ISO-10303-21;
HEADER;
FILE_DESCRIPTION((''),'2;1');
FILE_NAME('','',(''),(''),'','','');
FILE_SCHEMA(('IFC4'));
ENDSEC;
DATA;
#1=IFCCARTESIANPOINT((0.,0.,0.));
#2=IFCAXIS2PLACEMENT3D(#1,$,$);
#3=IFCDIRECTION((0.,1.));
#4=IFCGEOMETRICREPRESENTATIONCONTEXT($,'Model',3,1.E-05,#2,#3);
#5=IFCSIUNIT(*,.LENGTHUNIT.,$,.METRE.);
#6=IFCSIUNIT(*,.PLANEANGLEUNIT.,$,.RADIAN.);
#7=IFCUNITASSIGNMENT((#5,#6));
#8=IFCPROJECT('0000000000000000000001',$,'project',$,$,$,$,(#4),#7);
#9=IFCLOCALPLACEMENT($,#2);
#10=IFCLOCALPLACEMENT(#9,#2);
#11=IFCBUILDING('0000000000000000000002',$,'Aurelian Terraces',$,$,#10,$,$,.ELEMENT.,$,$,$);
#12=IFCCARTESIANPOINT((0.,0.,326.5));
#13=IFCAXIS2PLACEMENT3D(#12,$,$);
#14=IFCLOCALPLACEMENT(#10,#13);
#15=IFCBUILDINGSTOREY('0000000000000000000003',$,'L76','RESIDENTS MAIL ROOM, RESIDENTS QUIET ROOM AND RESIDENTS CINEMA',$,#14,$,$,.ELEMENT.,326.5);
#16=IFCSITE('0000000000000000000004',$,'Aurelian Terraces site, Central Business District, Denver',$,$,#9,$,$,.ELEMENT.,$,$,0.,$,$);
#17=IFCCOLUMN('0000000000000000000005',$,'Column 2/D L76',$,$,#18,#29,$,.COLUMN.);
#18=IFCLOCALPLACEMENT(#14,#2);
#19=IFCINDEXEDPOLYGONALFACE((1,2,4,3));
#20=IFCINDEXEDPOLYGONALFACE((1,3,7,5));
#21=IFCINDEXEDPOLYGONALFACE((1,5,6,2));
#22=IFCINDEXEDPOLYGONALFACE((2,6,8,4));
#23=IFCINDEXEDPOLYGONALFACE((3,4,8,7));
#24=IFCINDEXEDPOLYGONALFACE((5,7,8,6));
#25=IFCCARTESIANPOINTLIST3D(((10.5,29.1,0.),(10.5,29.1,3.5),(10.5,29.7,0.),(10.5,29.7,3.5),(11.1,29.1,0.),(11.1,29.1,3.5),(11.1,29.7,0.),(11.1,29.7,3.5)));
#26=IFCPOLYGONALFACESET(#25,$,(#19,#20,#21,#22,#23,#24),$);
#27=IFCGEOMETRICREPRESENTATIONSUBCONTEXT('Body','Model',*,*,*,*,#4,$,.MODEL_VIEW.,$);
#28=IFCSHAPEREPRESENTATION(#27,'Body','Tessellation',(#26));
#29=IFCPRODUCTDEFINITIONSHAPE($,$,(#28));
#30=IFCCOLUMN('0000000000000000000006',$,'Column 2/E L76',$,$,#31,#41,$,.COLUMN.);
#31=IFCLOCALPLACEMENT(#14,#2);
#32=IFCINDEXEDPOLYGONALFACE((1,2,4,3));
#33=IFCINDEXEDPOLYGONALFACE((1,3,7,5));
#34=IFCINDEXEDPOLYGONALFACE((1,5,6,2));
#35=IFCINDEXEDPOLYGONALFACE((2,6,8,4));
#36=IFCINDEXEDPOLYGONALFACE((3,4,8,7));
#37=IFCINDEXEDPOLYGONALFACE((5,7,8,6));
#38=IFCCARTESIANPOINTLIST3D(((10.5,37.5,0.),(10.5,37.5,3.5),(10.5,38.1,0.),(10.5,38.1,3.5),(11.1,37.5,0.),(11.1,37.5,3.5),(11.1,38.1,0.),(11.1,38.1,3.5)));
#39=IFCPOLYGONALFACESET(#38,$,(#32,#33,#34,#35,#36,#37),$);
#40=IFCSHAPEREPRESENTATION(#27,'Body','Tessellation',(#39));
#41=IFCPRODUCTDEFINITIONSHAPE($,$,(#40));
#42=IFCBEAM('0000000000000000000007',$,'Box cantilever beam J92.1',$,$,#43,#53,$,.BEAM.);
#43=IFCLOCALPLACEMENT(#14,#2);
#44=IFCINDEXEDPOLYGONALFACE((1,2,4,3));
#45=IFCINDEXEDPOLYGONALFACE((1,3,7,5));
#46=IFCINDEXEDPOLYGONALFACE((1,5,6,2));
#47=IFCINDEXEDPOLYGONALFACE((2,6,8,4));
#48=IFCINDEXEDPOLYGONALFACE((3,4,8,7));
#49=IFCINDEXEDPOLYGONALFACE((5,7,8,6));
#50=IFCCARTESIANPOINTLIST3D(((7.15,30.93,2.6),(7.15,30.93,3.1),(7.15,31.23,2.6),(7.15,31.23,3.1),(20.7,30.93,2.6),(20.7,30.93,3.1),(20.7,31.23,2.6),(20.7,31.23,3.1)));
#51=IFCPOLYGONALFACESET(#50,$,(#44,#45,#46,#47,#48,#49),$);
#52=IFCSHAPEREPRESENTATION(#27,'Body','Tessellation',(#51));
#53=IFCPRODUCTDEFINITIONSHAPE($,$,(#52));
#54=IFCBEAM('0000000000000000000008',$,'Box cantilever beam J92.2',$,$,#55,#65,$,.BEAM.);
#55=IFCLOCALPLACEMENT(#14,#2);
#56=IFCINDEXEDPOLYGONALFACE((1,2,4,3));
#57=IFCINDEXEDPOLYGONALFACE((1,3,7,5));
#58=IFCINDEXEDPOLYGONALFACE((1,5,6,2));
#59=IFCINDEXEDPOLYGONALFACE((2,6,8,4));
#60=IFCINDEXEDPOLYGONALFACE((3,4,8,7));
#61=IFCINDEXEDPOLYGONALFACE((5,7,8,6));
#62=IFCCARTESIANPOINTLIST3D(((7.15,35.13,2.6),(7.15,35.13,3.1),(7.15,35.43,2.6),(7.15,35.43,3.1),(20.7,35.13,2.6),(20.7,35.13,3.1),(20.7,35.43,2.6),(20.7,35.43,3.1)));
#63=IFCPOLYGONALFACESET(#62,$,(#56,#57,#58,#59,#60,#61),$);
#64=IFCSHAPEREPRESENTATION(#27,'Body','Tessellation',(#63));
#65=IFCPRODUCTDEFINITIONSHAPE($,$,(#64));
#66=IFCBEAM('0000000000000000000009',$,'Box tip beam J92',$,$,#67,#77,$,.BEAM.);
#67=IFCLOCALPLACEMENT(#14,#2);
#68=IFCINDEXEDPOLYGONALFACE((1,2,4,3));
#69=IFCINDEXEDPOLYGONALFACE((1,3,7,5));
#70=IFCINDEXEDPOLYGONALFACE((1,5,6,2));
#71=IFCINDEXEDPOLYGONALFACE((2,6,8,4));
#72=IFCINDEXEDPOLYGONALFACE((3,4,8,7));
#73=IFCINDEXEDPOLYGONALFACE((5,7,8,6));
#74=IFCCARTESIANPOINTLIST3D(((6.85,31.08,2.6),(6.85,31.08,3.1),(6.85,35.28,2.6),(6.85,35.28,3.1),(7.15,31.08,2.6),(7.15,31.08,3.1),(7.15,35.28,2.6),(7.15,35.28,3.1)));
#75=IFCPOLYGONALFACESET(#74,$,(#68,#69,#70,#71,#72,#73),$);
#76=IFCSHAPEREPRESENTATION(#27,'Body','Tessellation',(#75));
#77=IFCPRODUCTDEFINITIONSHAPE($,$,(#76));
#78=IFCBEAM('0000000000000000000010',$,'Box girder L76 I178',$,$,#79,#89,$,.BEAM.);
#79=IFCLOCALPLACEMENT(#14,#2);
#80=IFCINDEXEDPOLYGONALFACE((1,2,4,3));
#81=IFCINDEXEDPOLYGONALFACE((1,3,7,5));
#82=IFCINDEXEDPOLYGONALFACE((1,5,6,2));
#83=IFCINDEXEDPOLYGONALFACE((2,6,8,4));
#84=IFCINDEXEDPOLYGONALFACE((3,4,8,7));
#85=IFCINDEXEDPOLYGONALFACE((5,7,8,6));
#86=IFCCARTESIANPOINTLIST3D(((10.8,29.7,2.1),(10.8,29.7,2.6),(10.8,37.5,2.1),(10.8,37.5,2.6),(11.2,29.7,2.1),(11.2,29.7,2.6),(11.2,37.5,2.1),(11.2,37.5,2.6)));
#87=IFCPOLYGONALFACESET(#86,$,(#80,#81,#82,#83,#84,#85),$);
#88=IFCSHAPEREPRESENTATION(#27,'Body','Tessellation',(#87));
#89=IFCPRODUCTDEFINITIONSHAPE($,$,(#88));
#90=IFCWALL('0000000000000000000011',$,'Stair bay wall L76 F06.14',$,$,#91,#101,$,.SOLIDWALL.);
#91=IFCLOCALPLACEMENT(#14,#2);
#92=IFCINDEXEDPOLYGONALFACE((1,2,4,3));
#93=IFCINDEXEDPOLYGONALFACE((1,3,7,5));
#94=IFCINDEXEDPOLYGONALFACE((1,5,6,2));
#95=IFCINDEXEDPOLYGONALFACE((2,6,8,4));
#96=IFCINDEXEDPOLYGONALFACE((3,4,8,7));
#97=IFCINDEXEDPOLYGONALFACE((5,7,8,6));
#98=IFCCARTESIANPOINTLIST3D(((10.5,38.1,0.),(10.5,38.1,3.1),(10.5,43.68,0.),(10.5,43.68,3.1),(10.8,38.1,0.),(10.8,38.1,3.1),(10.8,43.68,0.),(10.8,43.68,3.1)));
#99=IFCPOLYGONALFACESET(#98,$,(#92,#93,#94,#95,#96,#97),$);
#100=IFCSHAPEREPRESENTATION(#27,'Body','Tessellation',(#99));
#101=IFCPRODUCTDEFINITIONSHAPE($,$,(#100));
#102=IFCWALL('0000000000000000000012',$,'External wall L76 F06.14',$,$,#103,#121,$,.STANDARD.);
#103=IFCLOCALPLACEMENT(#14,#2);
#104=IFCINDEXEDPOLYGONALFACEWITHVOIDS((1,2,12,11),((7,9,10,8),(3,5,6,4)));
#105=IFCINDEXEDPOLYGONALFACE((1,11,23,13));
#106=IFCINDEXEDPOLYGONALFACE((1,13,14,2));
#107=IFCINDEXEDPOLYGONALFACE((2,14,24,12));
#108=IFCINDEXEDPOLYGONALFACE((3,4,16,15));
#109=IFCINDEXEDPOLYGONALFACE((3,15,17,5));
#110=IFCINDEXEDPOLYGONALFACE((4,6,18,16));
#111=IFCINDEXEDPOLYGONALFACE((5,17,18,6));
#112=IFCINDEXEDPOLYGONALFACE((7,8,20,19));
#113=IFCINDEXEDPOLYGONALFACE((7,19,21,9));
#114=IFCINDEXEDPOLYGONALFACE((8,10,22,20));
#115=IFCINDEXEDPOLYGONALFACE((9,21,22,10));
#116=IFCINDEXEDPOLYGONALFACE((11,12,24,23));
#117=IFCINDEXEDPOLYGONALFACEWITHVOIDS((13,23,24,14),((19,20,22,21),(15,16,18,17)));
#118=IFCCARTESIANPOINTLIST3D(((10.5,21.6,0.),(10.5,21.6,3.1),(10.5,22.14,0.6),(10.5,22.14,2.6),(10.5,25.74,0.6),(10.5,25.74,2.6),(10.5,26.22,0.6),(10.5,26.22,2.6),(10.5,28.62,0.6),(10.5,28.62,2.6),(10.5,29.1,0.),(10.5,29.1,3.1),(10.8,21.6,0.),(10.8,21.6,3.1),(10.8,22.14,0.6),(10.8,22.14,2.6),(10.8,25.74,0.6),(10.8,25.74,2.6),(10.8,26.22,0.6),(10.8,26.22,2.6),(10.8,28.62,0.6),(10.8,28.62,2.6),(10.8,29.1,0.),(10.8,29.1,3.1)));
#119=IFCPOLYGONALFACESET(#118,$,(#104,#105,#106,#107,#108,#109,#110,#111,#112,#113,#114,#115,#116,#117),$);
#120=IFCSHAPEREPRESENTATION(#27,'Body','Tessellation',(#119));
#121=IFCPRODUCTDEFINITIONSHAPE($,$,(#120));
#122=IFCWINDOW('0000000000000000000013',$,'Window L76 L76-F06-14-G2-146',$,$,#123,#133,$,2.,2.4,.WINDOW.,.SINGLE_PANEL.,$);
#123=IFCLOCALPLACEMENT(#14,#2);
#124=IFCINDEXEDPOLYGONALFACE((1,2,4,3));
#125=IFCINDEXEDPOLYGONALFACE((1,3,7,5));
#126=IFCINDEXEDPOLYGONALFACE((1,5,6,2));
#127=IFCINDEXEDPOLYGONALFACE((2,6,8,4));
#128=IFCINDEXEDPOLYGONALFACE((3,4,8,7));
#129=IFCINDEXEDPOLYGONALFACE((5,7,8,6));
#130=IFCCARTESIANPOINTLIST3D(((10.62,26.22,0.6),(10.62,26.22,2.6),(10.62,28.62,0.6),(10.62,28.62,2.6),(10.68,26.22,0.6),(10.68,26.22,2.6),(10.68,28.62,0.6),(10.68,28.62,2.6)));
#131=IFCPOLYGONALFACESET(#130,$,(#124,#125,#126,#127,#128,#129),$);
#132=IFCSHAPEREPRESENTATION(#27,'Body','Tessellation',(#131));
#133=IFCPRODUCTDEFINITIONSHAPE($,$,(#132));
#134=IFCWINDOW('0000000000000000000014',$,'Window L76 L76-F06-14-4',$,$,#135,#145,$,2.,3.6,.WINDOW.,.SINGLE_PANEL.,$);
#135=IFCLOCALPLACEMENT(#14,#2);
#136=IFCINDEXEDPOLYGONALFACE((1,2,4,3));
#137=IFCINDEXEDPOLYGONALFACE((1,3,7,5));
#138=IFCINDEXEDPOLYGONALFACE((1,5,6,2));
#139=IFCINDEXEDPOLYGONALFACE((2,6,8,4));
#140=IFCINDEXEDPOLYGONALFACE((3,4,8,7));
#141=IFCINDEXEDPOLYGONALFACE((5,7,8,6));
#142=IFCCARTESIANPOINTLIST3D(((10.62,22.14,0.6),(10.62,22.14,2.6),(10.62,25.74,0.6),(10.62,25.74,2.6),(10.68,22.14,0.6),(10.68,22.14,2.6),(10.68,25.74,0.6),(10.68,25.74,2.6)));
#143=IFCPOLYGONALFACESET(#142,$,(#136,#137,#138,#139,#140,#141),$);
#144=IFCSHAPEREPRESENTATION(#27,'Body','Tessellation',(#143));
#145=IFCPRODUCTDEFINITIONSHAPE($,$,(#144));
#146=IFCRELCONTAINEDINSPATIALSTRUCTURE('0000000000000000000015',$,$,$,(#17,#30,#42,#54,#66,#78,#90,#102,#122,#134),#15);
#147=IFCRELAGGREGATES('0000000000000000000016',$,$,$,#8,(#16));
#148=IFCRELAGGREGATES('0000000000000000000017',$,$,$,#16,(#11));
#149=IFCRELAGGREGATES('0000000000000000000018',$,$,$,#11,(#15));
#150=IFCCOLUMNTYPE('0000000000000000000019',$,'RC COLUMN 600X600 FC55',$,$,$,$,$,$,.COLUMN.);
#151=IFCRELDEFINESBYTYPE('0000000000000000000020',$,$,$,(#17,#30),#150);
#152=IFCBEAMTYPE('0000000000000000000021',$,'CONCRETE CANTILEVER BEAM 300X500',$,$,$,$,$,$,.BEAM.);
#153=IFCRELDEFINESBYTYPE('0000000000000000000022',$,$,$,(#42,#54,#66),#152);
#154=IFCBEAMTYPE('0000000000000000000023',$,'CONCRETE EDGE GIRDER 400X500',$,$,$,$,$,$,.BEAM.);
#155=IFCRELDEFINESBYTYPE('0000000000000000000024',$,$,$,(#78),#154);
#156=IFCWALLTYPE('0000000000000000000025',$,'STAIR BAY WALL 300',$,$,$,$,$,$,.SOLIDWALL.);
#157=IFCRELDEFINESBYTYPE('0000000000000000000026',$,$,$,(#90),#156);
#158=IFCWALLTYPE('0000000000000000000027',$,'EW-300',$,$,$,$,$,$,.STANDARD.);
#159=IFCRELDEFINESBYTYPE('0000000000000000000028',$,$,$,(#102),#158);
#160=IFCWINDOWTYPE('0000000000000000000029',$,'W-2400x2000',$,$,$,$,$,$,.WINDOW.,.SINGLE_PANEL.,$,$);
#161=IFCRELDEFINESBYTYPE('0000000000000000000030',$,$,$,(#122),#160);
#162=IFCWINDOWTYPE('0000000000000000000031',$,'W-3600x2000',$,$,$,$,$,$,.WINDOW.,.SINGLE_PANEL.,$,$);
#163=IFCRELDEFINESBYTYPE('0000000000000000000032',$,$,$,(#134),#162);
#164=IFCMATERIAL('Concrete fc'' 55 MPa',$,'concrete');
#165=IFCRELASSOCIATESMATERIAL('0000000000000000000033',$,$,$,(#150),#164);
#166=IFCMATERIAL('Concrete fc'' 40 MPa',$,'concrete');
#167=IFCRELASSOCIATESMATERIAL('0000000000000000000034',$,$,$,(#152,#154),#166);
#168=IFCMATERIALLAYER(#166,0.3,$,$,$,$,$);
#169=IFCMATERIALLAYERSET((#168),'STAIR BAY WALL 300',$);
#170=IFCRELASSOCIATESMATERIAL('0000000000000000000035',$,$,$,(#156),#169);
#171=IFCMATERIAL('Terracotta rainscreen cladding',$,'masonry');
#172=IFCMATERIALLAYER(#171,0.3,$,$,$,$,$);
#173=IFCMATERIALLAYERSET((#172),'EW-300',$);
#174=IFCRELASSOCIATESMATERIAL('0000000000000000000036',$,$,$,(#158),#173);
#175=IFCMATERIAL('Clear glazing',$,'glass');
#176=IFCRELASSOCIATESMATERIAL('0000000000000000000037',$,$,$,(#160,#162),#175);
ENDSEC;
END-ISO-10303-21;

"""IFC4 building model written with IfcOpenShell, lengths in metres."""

from ifc_helpers import new_model, si_unit, direction, frame, frame_2d, origin, origin_2d, place, context, subcontext, project, spatial, rectangle, extrude, source, transform, mapped, material, layer, layer_set, material_profile, profile_set, type_object, element, fill, save


model = new_model("IFC4")

# Units and contexts
model_context = context("Model", 3, precision=1e-05, world=origin(), true_north=direction((0.0, 1.0)))
body_context = subcontext(model_context, "Body", "Model", "MODEL_VIEW")
ifc_project = project(units=[si_unit("LENGTHUNIT", "METRE"), si_unit("PLANEANGLEUNIT", "RADIAN")], contexts=[model_context])

# Site, building, storey
site_placement = place(None, origin())
site = spatial("IfcSite", under=ifc_project, at=site_placement, Name="Aurelian Terraces site, Central Business District, Denver", CompositionType="ELEMENT", RefElevation=0.0)
building_placement = place(site_placement, origin())
building = spatial("IfcBuilding", under=site, at=building_placement, Name="Aurelian Terraces", CompositionType="ELEMENT")
storey_placement = place(building_placement, frame((0.0, 0.0, 326.5)))
storey = spatial("IfcBuildingStorey", under=building, at=storey_placement, Name="L76", Description="RESIDENTS MAIL ROOM, RESIDENTS QUIET ROOM AND RESIDENTS CINEMA", CompositionType="ELEMENT", Elevation=326.5)

# Columns
ifc_material_1 = material(Name="Concrete fc' 55 MPa", Category="concrete")
ifc_material_profile_1 = material_profile(ifc_material_1, rectangle(XDim=0.6, YDim=0.6, at=origin_2d()))
ifc_profile_set_1 = profile_set([ifc_material_profile_1], Name="Concrete fc' 55 MPa")
column_type = type_object("IfcColumnType", Name="RC COLUMN 600X600 FC55", PredefinedType="COLUMN", material=ifc_profile_set_1)
shared_shape_1 = source(origin(), body_context, "Body", "SweptSolid", [
    extrude(rectangle(XDim=0.6, YDim=0.6, at=origin_2d()), origin(), (0.0, 0.0, 1.0), 3.5),
])
for number, where, z_axis, x_axis, name in (
    (1, (10.8, 29.4, 0.0), (0.0, 0.0, 1.0), (1.0, 0.0, 0.0), "Column 2/D L76"),
    (2, (10.8, 37.8, 0.0), (0.0, 0.0, 1.0), (1.0, 0.0, 0.0), "Column 2/E L76"),
):
    element("IfcColumn", number, at=place(storey_placement, frame(where, z_axis=z_axis, x_axis=x_axis)), inside=storey, type_object=column_type, Name=name, PredefinedType="COLUMN", context=body_context, shape_type="MappedRepresentation", body=[
        mapped(shared_shape_1, transform((0.0, 0.0, 0.0), scale=1.0)),
    ])

# Beams
ifc_material_2 = material(Name="Concrete fc' 40 MPa", Category="concrete")
ifc_material_profile_2 = material_profile(ifc_material_2, rectangle(XDim=0.3, YDim=0.5, at=origin_2d()))
ifc_profile_set_2 = profile_set([ifc_material_profile_2], Name="Concrete fc' 40 MPa")
beam_type_1 = type_object("IfcBeamType", Name="CONCRETE CANTILEVER BEAM 300X500", PredefinedType="BEAM", material=ifc_profile_set_2)
shared_shape_2 = source(origin(), body_context, "Body", "SweptSolid", [
    extrude(rectangle(XDim=0.3, YDim=0.5, at=origin_2d()), origin(), (0.0, 0.0, 1.0), 13.55),
])
for number, where, z_axis, x_axis, name in (
    (3, (7.15, 31.08, 2.85), (1.0, 0.0, 0.0), (0.0, 1.0, 0.0), "Box cantilever beam J92.1"),
    (4, (7.15, 35.28, 2.85), (1.0, 0.0, 0.0), (0.0, 1.0, 0.0), "Box cantilever beam J92.2"),
):
    element("IfcBeam", number, at=place(storey_placement, frame(where, z_axis=z_axis, x_axis=x_axis)), inside=storey, type_object=beam_type_1, Name=name, PredefinedType="BEAM", context=body_context, shape_type="MappedRepresentation", body=[
        mapped(shared_shape_2, transform((0.0, 0.0, 0.0), scale=1.0)),
    ])
shared_shape_3 = source(origin(), body_context, "Body", "SweptSolid", [
    extrude(rectangle(XDim=0.3, YDim=0.5, at=origin_2d()), origin(), (0.0, 0.0, 1.0), 4.2),
])
beam_1_placement = place(storey_placement, frame((7.0, 31.08, 2.85), z_axis=(0.0, 1.0, 0.0), x_axis=(-1.0, 0.0, 0.0)))
element("IfcBeam", 5, at=beam_1_placement, inside=storey, type_object=beam_type_1, Name="Box tip beam J92", PredefinedType="BEAM", context=body_context, shape_type="MappedRepresentation", body=[
    mapped(shared_shape_3, transform((0.0, 0.0, 0.0), scale=1.0)),
])
ifc_material_profile_3 = material_profile(ifc_material_2, rectangle(XDim=0.4, YDim=0.5, at=origin_2d()))
ifc_profile_set_3 = profile_set([ifc_material_profile_3], Name="Concrete fc' 40 MPa")
beam_type_2 = type_object("IfcBeamType", Name="CONCRETE EDGE GIRDER 400X500", PredefinedType="BEAM", material=ifc_profile_set_3)
shared_shape_4 = source(origin(), body_context, "Body", "SweptSolid", [
    extrude(rectangle(XDim=0.4, YDim=0.5, at=origin_2d()), origin(), (0.0, 0.0, 1.0), 7.8),
])
beam_2_placement = place(storey_placement, frame((11.0, 29.7, 2.35), z_axis=(0.0, 1.0, 0.0), x_axis=(-1.0, 0.0, 0.0)))
element("IfcBeam", 6, at=beam_2_placement, inside=storey, type_object=beam_type_2, Name="Box girder L76 I178", PredefinedType="BEAM", context=body_context, shape_type="MappedRepresentation", body=[
    mapped(shared_shape_4, transform((0.0, 0.0, 0.0), scale=1.0)),
])

# Wall
ifc_layer_1 = layer(ifc_material_2, 0.3)
ifc_layer_set_1 = layer_set([ifc_layer_1], Name="STAIR BAY WALL 300")
wall_type_1 = type_object("IfcWallType", Name="STAIR BAY WALL 300", PredefinedType="SOLIDWALL", material=ifc_layer_set_1)
wall_1_placement = place(storey_placement, frame((10.65, 43.68, 0.0), z_axis=(0.0, 0.0, 1.0), x_axis=(0.0, -1.0, 0.0)))
element("IfcWall", 7, at=wall_1_placement, inside=storey, type_object=wall_type_1, Name="Stair bay wall L76 F06.14", PredefinedType="SOLIDWALL", context=body_context, shape_type="SweptSolid", body=[
    extrude(rectangle(XDim=5.58, YDim=0.3, at=frame_2d((2.79, 0.0))), origin(), (0.0, 0.0, 1.0), 3.1),
])

# Wall, openings, windows
ifc_material_3 = material(Name="Terracotta rainscreen cladding", Category="masonry")
ifc_layer_2 = layer(ifc_material_3, 0.3)
ifc_layer_set_2 = layer_set([ifc_layer_2], Name="EW-300")
wall_type_2 = type_object("IfcWallType", Name="EW-300", PredefinedType="STANDARD", material=ifc_layer_set_2)
shared_shape_5 = source(origin(), body_context, "Body", "SweptSolid", [
    extrude(rectangle(XDim=7.5, YDim=0.3, at=frame_2d((3.75, 0.0))), origin(), (0.0, 0.0, 1.0), 3.1),
])
wall_2_placement = place(storey_placement, frame((10.65, 29.1, 0.0), z_axis=(0.0, 0.0, 1.0), x_axis=(0.0, -1.0, 0.0)))
wall_2 = element("IfcWall", 8, at=wall_2_placement, inside=storey, type_object=wall_type_2, Name="External wall L76 F06.14", PredefinedType="STANDARD", context=body_context, shape_type="MappedRepresentation", body=[
    mapped(shared_shape_5, transform((0.0, 0.0, 0.0), scale=1.0)),
])
shared_shape_6 = source(origin(), body_context, "Body", "SweptSolid", [
    extrude(rectangle(XDim=3.6, YDim=2.0, at=frame_2d((1.8, 1.0))), frame((0.0, 0.16, 0.0), z_axis=(0.0, -1.0, 0.0), x_axis=(1.0, 0.0, 0.0)), (0.0, 0.0, 1.0), 0.32),
])
opening_1_placement = place(wall_2_placement, frame((3.36, 0.0, 0.6)))
opening_1 = element("IfcOpeningElement", 9, at=opening_1_placement, cuts=wall_2, PredefinedType="OPENING", context=body_context, shape_type="MappedRepresentation", body=[
    mapped(shared_shape_6, transform((0.0, 0.0, 0.0), scale=1.0)),
])
shared_shape_7 = source(origin(), body_context, "Body", "SweptSolid", [
    extrude(rectangle(XDim=2.4, YDim=2.0, at=frame_2d((1.2, 1.0))), frame((0.0, 0.16, 0.0), z_axis=(0.0, -1.0, 0.0), x_axis=(1.0, 0.0, 0.0)), (0.0, 0.0, 1.0), 0.32),
])
opening_2_placement = place(wall_2_placement, frame((0.48, 0.0, 0.6)))
opening_2 = element("IfcOpeningElement", 10, at=opening_2_placement, cuts=wall_2, PredefinedType="OPENING", context=body_context, shape_type="MappedRepresentation", body=[
    mapped(shared_shape_7, transform((0.0, 0.0, 0.0), scale=1.0)),
])
ifc_material_4 = material(Name="Clear glazing", Category="glass")
window_type_1 = type_object("IfcWindowType", Name="W-2400x2000", PartitioningType="SINGLE_PANEL", PredefinedType="WINDOW", material=ifc_material_4)
shared_shape_8 = source(origin(), body_context, "Body", "SweptSolid", [
    extrude(rectangle(XDim=2.4, YDim=2.0, at=frame_2d((1.2, 1.0))), frame((0.0, 0.03, 0.0), z_axis=(0.0, -1.0, 0.0), x_axis=(1.0, 0.0, 0.0)), (0.0, 0.0, 1.0), 0.06),
])
window_1_placement = place(opening_2_placement, origin())
window_1 = element("IfcWindow", 11, at=window_1_placement, inside=storey, type_object=window_type_1, Name="Window L76 L76-F06-14-G2-146", OverallHeight=2.0, OverallWidth=2.4, PartitioningType="SINGLE_PANEL", PredefinedType="WINDOW", context=body_context, shape_type="MappedRepresentation", body=[
    mapped(shared_shape_8, transform((0.0, 0.0, 0.0), scale=1.0)),
])
fill(opening_2, window_1)
window_type_2 = type_object("IfcWindowType", Name="W-3600x2000", PartitioningType="SINGLE_PANEL", PredefinedType="WINDOW", material=ifc_material_4)
shared_shape_9 = source(origin(), body_context, "Body", "SweptSolid", [
    extrude(rectangle(XDim=3.6, YDim=2.0, at=frame_2d((1.8, 1.0))), frame((0.0, 0.03, 0.0), z_axis=(0.0, -1.0, 0.0), x_axis=(1.0, 0.0, 0.0)), (0.0, 0.0, 1.0), 0.06),
])
window_2_placement = place(opening_1_placement, origin())
window_2 = element("IfcWindow", 12, at=window_2_placement, inside=storey, type_object=window_type_2, Name="Window L76 L76-F06-14-4", OverallHeight=2.0, OverallWidth=3.6, PartitioningType="SINGLE_PANEL", PredefinedType="WINDOW", context=body_context, shape_type="MappedRepresentation", body=[
    mapped(shared_shape_9, transform((0.0, 0.0, 0.0), scale=1.0)),
])
fill(opening_1, window_2)

save(model, "model.ifc")
